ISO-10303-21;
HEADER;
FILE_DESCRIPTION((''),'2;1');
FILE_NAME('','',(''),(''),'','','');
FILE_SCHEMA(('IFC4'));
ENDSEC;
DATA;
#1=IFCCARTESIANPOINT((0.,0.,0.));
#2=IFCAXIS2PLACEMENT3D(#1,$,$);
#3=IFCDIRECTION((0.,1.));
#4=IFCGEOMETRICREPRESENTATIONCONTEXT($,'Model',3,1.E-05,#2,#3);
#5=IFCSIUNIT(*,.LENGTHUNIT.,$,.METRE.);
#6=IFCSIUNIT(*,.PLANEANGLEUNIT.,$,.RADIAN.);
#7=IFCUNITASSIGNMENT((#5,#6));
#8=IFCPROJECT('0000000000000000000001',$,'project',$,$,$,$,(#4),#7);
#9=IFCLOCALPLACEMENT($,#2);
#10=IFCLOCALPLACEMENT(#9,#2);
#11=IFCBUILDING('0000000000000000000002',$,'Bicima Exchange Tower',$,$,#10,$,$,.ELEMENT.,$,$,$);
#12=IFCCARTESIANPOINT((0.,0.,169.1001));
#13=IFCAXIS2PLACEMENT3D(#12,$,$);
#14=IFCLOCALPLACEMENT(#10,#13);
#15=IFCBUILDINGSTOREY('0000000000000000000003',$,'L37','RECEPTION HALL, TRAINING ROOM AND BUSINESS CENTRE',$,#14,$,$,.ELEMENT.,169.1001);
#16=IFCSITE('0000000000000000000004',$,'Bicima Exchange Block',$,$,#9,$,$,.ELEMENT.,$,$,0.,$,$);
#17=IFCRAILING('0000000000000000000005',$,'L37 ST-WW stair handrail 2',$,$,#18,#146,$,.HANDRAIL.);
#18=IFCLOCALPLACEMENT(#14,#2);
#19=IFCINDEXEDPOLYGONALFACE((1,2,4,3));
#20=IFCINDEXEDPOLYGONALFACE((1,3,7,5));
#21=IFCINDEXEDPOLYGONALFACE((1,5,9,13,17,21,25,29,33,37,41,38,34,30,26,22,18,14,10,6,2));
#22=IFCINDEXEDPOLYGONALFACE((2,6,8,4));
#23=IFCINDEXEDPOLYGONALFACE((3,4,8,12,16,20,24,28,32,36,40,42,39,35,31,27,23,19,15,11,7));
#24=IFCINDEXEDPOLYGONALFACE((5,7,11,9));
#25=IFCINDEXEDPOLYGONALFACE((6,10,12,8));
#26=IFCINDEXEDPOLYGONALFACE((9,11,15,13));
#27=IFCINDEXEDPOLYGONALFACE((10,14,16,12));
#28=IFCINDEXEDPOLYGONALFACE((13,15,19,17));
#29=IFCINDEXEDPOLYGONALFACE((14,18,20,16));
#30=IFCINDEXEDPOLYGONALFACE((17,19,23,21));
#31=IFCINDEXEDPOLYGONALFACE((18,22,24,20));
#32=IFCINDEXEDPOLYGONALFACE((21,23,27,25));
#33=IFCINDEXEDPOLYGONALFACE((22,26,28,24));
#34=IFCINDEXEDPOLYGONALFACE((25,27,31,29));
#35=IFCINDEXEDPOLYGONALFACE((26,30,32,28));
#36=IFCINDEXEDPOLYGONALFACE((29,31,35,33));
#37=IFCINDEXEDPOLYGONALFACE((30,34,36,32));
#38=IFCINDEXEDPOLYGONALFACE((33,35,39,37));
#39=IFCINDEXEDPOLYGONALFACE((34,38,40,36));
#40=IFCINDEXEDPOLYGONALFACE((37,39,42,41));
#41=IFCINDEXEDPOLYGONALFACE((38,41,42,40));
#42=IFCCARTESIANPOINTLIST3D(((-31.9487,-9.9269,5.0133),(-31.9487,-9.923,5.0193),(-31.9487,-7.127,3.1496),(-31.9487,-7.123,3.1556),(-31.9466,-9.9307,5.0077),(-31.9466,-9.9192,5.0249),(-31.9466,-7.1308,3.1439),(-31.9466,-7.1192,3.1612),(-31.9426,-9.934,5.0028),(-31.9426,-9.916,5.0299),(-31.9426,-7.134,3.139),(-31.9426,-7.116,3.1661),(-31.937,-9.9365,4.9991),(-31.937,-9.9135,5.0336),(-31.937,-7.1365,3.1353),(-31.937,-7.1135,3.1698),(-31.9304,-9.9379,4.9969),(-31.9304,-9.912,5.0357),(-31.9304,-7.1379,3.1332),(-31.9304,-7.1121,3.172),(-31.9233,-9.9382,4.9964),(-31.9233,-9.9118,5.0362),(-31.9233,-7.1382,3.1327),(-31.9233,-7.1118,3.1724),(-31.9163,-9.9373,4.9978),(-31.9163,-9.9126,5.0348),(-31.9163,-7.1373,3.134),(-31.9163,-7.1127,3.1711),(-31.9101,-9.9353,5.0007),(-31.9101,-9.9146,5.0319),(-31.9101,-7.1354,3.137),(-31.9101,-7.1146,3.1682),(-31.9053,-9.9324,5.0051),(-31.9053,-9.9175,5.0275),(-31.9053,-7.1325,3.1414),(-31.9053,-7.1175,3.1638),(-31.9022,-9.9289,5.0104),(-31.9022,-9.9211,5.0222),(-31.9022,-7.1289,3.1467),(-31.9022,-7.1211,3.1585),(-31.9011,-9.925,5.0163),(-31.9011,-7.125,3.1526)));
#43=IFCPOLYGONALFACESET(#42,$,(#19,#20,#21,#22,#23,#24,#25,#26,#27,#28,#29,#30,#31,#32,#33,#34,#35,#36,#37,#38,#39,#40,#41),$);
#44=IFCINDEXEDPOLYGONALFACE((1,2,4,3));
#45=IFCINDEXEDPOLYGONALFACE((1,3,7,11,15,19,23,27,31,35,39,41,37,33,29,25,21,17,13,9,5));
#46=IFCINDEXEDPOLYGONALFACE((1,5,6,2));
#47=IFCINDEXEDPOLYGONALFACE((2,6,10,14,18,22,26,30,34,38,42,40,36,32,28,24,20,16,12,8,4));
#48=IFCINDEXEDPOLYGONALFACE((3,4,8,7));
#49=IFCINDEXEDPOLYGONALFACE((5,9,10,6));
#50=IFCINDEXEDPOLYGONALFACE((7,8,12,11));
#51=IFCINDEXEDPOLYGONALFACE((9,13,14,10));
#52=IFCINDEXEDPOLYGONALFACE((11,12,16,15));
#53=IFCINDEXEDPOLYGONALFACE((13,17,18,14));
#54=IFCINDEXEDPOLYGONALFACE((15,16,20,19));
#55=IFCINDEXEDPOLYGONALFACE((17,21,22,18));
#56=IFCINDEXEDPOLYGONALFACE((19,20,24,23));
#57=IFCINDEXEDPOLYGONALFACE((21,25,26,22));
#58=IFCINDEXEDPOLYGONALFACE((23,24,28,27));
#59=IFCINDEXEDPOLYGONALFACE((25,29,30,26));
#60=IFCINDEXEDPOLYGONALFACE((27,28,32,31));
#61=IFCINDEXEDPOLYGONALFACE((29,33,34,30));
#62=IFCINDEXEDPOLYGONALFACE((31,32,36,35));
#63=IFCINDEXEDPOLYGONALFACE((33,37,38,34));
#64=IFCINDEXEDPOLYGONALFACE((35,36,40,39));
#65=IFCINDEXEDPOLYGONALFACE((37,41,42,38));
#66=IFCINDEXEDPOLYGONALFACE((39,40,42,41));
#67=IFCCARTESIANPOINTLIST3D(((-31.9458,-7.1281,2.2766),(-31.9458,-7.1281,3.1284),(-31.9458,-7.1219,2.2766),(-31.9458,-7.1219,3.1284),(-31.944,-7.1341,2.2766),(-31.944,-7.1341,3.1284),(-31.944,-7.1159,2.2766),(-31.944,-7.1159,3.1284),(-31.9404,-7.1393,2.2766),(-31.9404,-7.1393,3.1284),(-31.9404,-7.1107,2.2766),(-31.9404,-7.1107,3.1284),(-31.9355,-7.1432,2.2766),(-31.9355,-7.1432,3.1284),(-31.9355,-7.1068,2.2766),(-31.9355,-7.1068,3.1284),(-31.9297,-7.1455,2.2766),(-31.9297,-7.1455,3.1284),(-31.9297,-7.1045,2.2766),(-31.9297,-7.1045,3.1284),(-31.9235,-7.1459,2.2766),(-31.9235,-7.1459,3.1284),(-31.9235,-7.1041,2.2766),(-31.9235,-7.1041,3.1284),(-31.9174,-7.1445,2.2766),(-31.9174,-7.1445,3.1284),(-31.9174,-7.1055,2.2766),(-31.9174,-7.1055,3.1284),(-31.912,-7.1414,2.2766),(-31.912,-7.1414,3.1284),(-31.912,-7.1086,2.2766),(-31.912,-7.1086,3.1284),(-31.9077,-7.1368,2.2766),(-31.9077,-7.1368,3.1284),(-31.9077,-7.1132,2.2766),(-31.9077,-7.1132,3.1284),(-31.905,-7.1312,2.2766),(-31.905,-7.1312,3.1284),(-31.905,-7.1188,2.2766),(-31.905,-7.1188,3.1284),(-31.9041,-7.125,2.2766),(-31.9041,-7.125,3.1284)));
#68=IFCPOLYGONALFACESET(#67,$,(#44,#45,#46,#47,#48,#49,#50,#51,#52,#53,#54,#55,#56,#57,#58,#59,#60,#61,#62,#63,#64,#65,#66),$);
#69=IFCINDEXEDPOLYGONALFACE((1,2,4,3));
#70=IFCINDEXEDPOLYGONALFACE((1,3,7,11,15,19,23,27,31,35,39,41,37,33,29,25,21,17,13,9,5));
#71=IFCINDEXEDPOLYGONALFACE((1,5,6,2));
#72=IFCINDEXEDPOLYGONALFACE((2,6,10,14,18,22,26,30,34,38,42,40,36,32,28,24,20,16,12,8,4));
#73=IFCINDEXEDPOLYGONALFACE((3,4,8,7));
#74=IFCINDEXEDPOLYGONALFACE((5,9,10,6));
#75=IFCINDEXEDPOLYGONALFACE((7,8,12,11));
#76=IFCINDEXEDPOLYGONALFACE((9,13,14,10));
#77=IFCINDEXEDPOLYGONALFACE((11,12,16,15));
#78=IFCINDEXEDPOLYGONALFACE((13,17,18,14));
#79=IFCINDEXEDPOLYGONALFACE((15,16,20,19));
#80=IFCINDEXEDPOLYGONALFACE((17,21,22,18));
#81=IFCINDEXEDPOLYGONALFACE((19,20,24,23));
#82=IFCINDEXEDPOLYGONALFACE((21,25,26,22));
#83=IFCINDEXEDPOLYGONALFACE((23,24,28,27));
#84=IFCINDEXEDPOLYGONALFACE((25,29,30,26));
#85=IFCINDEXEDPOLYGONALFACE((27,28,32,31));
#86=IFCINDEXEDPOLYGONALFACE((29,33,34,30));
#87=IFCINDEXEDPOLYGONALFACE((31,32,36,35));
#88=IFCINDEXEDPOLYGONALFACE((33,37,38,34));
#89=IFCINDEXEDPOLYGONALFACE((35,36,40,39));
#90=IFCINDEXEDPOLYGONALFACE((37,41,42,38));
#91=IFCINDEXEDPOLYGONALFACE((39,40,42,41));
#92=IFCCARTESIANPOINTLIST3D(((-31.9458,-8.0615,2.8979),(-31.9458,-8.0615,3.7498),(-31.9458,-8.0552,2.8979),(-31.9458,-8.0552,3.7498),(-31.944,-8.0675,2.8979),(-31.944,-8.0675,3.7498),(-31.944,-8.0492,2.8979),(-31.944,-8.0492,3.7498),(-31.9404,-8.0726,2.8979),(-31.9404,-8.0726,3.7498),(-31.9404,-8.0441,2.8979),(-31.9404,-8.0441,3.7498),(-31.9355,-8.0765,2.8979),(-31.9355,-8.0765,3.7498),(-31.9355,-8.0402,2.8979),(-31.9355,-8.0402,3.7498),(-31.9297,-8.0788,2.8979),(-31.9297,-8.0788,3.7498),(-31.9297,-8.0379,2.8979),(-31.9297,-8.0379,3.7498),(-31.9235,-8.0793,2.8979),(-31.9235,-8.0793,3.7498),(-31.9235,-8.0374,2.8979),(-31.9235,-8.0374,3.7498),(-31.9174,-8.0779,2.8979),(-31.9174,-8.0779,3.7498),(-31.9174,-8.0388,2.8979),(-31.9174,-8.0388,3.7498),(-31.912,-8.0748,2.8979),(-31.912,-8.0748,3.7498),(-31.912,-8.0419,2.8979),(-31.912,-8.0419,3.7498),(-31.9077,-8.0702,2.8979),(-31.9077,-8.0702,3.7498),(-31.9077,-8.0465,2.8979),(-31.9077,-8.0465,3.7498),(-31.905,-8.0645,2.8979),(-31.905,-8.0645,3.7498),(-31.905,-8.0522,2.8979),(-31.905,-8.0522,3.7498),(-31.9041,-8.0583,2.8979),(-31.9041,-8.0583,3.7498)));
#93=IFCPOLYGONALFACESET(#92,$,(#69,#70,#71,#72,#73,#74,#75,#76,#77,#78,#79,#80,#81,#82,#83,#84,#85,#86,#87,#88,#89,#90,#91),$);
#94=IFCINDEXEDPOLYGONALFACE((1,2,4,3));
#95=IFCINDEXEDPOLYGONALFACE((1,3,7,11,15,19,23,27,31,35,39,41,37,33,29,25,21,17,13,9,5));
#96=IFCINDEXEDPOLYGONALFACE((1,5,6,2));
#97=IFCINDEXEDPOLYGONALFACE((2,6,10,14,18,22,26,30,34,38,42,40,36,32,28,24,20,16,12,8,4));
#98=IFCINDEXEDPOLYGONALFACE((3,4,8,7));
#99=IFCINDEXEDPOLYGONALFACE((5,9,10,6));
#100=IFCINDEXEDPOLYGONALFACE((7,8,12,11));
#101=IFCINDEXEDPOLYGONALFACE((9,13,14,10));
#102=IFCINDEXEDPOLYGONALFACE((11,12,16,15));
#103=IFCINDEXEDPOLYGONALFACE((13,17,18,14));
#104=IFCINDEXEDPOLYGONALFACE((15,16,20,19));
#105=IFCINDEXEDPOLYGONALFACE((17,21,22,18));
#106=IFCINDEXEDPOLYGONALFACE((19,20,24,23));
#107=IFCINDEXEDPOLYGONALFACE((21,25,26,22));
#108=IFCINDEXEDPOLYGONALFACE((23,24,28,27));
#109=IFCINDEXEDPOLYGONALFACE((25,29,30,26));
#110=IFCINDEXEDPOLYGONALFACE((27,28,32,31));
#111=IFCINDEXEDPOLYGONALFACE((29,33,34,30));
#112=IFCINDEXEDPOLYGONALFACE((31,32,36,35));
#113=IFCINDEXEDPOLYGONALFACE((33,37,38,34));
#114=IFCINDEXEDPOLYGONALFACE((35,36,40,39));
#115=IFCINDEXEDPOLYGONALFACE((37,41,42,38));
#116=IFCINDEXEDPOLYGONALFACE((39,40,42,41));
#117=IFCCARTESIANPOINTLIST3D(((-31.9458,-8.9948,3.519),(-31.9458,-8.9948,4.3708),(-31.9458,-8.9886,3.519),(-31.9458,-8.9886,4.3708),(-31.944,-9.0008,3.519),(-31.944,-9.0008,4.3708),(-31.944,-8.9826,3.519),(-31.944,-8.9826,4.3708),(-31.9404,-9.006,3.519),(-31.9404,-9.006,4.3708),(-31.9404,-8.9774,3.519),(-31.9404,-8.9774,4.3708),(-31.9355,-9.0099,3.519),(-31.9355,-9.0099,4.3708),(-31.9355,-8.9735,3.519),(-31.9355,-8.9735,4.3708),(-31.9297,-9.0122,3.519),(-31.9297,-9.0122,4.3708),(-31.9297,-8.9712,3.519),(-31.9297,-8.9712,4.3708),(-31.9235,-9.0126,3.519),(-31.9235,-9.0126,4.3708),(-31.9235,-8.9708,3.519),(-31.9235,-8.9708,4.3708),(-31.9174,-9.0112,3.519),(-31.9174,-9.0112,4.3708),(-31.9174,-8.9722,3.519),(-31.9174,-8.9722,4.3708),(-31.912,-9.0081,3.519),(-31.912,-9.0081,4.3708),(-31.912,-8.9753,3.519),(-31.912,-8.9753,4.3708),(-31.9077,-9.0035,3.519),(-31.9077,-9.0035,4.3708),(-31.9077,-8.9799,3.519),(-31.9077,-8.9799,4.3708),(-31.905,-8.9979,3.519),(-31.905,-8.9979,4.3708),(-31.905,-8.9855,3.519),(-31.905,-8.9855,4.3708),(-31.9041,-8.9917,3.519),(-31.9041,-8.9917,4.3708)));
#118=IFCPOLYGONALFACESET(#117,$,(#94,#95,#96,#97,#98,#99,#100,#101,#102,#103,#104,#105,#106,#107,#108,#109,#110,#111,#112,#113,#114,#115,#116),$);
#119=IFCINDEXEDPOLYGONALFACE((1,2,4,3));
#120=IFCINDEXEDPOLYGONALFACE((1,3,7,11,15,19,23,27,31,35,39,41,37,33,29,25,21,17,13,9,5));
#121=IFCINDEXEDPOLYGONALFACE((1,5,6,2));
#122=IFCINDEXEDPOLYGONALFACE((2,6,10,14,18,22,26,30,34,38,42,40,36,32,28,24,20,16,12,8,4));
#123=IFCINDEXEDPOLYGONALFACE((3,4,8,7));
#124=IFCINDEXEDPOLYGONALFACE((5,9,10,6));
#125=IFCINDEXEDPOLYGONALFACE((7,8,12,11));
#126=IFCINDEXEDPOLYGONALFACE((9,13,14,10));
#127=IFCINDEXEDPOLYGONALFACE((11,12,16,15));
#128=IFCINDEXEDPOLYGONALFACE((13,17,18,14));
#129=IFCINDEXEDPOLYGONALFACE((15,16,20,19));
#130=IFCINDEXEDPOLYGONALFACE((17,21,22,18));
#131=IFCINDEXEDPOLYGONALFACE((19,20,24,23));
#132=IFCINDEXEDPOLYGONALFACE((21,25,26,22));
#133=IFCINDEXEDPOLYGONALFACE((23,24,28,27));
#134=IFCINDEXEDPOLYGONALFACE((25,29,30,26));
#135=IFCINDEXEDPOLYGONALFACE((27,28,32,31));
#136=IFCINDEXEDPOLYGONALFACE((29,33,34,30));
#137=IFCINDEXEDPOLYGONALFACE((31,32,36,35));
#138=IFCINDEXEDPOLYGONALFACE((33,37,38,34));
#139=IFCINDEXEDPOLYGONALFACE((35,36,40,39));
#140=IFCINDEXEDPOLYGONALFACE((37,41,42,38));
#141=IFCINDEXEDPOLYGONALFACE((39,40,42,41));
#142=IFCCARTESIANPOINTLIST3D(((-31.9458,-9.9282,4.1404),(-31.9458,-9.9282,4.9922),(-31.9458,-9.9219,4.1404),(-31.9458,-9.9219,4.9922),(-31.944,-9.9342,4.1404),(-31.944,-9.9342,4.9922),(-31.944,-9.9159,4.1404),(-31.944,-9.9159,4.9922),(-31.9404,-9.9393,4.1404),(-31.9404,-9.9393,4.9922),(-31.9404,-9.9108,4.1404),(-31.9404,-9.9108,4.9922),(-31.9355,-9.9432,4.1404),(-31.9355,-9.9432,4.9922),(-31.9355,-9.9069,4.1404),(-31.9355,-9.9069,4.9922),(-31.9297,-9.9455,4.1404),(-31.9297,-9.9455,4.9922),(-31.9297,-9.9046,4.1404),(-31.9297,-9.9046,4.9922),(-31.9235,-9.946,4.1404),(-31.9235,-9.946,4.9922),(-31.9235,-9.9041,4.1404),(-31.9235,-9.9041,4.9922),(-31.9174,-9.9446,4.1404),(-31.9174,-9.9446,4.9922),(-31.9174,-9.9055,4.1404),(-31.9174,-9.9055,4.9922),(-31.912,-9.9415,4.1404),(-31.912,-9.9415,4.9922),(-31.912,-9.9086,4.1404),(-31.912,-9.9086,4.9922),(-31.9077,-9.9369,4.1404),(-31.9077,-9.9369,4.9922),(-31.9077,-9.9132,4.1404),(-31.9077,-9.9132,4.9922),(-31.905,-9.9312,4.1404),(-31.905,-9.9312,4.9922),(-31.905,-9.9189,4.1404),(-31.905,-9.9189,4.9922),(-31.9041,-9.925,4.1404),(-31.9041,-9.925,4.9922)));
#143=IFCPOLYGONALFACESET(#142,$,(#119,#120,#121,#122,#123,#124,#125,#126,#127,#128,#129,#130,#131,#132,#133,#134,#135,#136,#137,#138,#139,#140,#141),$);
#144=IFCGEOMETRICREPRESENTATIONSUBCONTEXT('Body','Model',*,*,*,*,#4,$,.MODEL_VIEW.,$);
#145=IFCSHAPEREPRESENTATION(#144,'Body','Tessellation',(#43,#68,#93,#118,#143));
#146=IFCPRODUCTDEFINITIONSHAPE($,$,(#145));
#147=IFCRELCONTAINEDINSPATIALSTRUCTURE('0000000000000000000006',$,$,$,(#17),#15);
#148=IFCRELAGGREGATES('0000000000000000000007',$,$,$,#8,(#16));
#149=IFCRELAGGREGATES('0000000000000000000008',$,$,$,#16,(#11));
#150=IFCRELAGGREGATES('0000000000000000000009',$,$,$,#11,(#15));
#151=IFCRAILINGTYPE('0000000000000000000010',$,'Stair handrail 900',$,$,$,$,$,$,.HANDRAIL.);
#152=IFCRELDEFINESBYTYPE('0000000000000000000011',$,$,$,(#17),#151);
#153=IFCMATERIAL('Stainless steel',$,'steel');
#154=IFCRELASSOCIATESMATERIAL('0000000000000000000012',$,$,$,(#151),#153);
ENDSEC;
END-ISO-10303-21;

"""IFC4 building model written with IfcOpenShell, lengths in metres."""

from ifc_helpers import new_model, si_unit, direction, frame, origin, origin_2d, place, context, subcontext, project, spatial, circle, extrude, material, type_object, element, save


model = new_model("IFC4")

# Units and contexts
model_context = context("Model", 3, precision=1e-05, world=origin(), true_north=direction((0.0, 1.0)))
body_context = subcontext(model_context, "Body", "Model", "MODEL_VIEW")
ifc_project = project(units=[si_unit("LENGTHUNIT", "METRE"), si_unit("PLANEANGLEUNIT", "RADIAN")], contexts=[model_context])

# Site, building, storey
site_placement = place(None, origin())
site = spatial("IfcSite", under=ifc_project, at=site_placement, Name="Bicima Exchange Block", CompositionType="ELEMENT", RefElevation=0.0)
building_placement = place(site_placement, origin())
building = spatial("IfcBuilding", under=site, at=building_placement, Name="Bicima Exchange Tower", CompositionType="ELEMENT")
storey_placement = place(building_placement, frame((0.0, 0.0, 169.1001)))
storey = spatial("IfcBuildingStorey", under=building, at=storey_placement, Name="L37", Description="RECEPTION HALL, TRAINING ROOM AND BUSINESS CENTRE", CompositionType="ELEMENT", Elevation=169.1001)

# Railing
ifc_material_1 = material(Name="Stainless steel", Category="steel")
railing_type_1 = type_object("IfcRailingType", Name="Stair handrail 900", PredefinedType="HANDRAIL", material=ifc_material_1)
railing_1_placement = place(storey_placement, frame((-31.925, -7.125, 2.2766)))
element("IfcRailing", 1, at=railing_1_placement, inside=storey, type_object=railing_type_1, Name="L37 ST-WW stair handrail 2", PredefinedType="HANDRAIL", context=body_context, shape_type="SweptSolid", body=[
    extrude(circle(Radius=0.0239, at=origin_2d()), frame((0.0, 0.0, 0.876), z_axis=(0.0, -0.832452, 0.554097), x_axis=(1.0, 0.0, 0.0)), (0.0, 0.0, 1.0), 3.3635),
    extrude(circle(Radius=0.021, at=origin_2d()), origin(), (0.0, 0.0, 1.0), 0.8518),
    extrude(circle(Radius=0.021, at=origin_2d()), frame((0.0, -0.9333, 0.6213)), (0.0, 0.0, 1.0), 0.8518),
    extrude(circle(Radius=0.021, at=origin_2d()), frame((0.0, -1.8667, 1.2424)), (0.0, 0.0, 1.0), 0.8518),
    extrude(circle(Radius=0.021, at=origin_2d()), frame((0.0, -2.8, 1.8638)), (0.0, 0.0, 1.0), 0.8518),
])

save(model, "model.ifc")
